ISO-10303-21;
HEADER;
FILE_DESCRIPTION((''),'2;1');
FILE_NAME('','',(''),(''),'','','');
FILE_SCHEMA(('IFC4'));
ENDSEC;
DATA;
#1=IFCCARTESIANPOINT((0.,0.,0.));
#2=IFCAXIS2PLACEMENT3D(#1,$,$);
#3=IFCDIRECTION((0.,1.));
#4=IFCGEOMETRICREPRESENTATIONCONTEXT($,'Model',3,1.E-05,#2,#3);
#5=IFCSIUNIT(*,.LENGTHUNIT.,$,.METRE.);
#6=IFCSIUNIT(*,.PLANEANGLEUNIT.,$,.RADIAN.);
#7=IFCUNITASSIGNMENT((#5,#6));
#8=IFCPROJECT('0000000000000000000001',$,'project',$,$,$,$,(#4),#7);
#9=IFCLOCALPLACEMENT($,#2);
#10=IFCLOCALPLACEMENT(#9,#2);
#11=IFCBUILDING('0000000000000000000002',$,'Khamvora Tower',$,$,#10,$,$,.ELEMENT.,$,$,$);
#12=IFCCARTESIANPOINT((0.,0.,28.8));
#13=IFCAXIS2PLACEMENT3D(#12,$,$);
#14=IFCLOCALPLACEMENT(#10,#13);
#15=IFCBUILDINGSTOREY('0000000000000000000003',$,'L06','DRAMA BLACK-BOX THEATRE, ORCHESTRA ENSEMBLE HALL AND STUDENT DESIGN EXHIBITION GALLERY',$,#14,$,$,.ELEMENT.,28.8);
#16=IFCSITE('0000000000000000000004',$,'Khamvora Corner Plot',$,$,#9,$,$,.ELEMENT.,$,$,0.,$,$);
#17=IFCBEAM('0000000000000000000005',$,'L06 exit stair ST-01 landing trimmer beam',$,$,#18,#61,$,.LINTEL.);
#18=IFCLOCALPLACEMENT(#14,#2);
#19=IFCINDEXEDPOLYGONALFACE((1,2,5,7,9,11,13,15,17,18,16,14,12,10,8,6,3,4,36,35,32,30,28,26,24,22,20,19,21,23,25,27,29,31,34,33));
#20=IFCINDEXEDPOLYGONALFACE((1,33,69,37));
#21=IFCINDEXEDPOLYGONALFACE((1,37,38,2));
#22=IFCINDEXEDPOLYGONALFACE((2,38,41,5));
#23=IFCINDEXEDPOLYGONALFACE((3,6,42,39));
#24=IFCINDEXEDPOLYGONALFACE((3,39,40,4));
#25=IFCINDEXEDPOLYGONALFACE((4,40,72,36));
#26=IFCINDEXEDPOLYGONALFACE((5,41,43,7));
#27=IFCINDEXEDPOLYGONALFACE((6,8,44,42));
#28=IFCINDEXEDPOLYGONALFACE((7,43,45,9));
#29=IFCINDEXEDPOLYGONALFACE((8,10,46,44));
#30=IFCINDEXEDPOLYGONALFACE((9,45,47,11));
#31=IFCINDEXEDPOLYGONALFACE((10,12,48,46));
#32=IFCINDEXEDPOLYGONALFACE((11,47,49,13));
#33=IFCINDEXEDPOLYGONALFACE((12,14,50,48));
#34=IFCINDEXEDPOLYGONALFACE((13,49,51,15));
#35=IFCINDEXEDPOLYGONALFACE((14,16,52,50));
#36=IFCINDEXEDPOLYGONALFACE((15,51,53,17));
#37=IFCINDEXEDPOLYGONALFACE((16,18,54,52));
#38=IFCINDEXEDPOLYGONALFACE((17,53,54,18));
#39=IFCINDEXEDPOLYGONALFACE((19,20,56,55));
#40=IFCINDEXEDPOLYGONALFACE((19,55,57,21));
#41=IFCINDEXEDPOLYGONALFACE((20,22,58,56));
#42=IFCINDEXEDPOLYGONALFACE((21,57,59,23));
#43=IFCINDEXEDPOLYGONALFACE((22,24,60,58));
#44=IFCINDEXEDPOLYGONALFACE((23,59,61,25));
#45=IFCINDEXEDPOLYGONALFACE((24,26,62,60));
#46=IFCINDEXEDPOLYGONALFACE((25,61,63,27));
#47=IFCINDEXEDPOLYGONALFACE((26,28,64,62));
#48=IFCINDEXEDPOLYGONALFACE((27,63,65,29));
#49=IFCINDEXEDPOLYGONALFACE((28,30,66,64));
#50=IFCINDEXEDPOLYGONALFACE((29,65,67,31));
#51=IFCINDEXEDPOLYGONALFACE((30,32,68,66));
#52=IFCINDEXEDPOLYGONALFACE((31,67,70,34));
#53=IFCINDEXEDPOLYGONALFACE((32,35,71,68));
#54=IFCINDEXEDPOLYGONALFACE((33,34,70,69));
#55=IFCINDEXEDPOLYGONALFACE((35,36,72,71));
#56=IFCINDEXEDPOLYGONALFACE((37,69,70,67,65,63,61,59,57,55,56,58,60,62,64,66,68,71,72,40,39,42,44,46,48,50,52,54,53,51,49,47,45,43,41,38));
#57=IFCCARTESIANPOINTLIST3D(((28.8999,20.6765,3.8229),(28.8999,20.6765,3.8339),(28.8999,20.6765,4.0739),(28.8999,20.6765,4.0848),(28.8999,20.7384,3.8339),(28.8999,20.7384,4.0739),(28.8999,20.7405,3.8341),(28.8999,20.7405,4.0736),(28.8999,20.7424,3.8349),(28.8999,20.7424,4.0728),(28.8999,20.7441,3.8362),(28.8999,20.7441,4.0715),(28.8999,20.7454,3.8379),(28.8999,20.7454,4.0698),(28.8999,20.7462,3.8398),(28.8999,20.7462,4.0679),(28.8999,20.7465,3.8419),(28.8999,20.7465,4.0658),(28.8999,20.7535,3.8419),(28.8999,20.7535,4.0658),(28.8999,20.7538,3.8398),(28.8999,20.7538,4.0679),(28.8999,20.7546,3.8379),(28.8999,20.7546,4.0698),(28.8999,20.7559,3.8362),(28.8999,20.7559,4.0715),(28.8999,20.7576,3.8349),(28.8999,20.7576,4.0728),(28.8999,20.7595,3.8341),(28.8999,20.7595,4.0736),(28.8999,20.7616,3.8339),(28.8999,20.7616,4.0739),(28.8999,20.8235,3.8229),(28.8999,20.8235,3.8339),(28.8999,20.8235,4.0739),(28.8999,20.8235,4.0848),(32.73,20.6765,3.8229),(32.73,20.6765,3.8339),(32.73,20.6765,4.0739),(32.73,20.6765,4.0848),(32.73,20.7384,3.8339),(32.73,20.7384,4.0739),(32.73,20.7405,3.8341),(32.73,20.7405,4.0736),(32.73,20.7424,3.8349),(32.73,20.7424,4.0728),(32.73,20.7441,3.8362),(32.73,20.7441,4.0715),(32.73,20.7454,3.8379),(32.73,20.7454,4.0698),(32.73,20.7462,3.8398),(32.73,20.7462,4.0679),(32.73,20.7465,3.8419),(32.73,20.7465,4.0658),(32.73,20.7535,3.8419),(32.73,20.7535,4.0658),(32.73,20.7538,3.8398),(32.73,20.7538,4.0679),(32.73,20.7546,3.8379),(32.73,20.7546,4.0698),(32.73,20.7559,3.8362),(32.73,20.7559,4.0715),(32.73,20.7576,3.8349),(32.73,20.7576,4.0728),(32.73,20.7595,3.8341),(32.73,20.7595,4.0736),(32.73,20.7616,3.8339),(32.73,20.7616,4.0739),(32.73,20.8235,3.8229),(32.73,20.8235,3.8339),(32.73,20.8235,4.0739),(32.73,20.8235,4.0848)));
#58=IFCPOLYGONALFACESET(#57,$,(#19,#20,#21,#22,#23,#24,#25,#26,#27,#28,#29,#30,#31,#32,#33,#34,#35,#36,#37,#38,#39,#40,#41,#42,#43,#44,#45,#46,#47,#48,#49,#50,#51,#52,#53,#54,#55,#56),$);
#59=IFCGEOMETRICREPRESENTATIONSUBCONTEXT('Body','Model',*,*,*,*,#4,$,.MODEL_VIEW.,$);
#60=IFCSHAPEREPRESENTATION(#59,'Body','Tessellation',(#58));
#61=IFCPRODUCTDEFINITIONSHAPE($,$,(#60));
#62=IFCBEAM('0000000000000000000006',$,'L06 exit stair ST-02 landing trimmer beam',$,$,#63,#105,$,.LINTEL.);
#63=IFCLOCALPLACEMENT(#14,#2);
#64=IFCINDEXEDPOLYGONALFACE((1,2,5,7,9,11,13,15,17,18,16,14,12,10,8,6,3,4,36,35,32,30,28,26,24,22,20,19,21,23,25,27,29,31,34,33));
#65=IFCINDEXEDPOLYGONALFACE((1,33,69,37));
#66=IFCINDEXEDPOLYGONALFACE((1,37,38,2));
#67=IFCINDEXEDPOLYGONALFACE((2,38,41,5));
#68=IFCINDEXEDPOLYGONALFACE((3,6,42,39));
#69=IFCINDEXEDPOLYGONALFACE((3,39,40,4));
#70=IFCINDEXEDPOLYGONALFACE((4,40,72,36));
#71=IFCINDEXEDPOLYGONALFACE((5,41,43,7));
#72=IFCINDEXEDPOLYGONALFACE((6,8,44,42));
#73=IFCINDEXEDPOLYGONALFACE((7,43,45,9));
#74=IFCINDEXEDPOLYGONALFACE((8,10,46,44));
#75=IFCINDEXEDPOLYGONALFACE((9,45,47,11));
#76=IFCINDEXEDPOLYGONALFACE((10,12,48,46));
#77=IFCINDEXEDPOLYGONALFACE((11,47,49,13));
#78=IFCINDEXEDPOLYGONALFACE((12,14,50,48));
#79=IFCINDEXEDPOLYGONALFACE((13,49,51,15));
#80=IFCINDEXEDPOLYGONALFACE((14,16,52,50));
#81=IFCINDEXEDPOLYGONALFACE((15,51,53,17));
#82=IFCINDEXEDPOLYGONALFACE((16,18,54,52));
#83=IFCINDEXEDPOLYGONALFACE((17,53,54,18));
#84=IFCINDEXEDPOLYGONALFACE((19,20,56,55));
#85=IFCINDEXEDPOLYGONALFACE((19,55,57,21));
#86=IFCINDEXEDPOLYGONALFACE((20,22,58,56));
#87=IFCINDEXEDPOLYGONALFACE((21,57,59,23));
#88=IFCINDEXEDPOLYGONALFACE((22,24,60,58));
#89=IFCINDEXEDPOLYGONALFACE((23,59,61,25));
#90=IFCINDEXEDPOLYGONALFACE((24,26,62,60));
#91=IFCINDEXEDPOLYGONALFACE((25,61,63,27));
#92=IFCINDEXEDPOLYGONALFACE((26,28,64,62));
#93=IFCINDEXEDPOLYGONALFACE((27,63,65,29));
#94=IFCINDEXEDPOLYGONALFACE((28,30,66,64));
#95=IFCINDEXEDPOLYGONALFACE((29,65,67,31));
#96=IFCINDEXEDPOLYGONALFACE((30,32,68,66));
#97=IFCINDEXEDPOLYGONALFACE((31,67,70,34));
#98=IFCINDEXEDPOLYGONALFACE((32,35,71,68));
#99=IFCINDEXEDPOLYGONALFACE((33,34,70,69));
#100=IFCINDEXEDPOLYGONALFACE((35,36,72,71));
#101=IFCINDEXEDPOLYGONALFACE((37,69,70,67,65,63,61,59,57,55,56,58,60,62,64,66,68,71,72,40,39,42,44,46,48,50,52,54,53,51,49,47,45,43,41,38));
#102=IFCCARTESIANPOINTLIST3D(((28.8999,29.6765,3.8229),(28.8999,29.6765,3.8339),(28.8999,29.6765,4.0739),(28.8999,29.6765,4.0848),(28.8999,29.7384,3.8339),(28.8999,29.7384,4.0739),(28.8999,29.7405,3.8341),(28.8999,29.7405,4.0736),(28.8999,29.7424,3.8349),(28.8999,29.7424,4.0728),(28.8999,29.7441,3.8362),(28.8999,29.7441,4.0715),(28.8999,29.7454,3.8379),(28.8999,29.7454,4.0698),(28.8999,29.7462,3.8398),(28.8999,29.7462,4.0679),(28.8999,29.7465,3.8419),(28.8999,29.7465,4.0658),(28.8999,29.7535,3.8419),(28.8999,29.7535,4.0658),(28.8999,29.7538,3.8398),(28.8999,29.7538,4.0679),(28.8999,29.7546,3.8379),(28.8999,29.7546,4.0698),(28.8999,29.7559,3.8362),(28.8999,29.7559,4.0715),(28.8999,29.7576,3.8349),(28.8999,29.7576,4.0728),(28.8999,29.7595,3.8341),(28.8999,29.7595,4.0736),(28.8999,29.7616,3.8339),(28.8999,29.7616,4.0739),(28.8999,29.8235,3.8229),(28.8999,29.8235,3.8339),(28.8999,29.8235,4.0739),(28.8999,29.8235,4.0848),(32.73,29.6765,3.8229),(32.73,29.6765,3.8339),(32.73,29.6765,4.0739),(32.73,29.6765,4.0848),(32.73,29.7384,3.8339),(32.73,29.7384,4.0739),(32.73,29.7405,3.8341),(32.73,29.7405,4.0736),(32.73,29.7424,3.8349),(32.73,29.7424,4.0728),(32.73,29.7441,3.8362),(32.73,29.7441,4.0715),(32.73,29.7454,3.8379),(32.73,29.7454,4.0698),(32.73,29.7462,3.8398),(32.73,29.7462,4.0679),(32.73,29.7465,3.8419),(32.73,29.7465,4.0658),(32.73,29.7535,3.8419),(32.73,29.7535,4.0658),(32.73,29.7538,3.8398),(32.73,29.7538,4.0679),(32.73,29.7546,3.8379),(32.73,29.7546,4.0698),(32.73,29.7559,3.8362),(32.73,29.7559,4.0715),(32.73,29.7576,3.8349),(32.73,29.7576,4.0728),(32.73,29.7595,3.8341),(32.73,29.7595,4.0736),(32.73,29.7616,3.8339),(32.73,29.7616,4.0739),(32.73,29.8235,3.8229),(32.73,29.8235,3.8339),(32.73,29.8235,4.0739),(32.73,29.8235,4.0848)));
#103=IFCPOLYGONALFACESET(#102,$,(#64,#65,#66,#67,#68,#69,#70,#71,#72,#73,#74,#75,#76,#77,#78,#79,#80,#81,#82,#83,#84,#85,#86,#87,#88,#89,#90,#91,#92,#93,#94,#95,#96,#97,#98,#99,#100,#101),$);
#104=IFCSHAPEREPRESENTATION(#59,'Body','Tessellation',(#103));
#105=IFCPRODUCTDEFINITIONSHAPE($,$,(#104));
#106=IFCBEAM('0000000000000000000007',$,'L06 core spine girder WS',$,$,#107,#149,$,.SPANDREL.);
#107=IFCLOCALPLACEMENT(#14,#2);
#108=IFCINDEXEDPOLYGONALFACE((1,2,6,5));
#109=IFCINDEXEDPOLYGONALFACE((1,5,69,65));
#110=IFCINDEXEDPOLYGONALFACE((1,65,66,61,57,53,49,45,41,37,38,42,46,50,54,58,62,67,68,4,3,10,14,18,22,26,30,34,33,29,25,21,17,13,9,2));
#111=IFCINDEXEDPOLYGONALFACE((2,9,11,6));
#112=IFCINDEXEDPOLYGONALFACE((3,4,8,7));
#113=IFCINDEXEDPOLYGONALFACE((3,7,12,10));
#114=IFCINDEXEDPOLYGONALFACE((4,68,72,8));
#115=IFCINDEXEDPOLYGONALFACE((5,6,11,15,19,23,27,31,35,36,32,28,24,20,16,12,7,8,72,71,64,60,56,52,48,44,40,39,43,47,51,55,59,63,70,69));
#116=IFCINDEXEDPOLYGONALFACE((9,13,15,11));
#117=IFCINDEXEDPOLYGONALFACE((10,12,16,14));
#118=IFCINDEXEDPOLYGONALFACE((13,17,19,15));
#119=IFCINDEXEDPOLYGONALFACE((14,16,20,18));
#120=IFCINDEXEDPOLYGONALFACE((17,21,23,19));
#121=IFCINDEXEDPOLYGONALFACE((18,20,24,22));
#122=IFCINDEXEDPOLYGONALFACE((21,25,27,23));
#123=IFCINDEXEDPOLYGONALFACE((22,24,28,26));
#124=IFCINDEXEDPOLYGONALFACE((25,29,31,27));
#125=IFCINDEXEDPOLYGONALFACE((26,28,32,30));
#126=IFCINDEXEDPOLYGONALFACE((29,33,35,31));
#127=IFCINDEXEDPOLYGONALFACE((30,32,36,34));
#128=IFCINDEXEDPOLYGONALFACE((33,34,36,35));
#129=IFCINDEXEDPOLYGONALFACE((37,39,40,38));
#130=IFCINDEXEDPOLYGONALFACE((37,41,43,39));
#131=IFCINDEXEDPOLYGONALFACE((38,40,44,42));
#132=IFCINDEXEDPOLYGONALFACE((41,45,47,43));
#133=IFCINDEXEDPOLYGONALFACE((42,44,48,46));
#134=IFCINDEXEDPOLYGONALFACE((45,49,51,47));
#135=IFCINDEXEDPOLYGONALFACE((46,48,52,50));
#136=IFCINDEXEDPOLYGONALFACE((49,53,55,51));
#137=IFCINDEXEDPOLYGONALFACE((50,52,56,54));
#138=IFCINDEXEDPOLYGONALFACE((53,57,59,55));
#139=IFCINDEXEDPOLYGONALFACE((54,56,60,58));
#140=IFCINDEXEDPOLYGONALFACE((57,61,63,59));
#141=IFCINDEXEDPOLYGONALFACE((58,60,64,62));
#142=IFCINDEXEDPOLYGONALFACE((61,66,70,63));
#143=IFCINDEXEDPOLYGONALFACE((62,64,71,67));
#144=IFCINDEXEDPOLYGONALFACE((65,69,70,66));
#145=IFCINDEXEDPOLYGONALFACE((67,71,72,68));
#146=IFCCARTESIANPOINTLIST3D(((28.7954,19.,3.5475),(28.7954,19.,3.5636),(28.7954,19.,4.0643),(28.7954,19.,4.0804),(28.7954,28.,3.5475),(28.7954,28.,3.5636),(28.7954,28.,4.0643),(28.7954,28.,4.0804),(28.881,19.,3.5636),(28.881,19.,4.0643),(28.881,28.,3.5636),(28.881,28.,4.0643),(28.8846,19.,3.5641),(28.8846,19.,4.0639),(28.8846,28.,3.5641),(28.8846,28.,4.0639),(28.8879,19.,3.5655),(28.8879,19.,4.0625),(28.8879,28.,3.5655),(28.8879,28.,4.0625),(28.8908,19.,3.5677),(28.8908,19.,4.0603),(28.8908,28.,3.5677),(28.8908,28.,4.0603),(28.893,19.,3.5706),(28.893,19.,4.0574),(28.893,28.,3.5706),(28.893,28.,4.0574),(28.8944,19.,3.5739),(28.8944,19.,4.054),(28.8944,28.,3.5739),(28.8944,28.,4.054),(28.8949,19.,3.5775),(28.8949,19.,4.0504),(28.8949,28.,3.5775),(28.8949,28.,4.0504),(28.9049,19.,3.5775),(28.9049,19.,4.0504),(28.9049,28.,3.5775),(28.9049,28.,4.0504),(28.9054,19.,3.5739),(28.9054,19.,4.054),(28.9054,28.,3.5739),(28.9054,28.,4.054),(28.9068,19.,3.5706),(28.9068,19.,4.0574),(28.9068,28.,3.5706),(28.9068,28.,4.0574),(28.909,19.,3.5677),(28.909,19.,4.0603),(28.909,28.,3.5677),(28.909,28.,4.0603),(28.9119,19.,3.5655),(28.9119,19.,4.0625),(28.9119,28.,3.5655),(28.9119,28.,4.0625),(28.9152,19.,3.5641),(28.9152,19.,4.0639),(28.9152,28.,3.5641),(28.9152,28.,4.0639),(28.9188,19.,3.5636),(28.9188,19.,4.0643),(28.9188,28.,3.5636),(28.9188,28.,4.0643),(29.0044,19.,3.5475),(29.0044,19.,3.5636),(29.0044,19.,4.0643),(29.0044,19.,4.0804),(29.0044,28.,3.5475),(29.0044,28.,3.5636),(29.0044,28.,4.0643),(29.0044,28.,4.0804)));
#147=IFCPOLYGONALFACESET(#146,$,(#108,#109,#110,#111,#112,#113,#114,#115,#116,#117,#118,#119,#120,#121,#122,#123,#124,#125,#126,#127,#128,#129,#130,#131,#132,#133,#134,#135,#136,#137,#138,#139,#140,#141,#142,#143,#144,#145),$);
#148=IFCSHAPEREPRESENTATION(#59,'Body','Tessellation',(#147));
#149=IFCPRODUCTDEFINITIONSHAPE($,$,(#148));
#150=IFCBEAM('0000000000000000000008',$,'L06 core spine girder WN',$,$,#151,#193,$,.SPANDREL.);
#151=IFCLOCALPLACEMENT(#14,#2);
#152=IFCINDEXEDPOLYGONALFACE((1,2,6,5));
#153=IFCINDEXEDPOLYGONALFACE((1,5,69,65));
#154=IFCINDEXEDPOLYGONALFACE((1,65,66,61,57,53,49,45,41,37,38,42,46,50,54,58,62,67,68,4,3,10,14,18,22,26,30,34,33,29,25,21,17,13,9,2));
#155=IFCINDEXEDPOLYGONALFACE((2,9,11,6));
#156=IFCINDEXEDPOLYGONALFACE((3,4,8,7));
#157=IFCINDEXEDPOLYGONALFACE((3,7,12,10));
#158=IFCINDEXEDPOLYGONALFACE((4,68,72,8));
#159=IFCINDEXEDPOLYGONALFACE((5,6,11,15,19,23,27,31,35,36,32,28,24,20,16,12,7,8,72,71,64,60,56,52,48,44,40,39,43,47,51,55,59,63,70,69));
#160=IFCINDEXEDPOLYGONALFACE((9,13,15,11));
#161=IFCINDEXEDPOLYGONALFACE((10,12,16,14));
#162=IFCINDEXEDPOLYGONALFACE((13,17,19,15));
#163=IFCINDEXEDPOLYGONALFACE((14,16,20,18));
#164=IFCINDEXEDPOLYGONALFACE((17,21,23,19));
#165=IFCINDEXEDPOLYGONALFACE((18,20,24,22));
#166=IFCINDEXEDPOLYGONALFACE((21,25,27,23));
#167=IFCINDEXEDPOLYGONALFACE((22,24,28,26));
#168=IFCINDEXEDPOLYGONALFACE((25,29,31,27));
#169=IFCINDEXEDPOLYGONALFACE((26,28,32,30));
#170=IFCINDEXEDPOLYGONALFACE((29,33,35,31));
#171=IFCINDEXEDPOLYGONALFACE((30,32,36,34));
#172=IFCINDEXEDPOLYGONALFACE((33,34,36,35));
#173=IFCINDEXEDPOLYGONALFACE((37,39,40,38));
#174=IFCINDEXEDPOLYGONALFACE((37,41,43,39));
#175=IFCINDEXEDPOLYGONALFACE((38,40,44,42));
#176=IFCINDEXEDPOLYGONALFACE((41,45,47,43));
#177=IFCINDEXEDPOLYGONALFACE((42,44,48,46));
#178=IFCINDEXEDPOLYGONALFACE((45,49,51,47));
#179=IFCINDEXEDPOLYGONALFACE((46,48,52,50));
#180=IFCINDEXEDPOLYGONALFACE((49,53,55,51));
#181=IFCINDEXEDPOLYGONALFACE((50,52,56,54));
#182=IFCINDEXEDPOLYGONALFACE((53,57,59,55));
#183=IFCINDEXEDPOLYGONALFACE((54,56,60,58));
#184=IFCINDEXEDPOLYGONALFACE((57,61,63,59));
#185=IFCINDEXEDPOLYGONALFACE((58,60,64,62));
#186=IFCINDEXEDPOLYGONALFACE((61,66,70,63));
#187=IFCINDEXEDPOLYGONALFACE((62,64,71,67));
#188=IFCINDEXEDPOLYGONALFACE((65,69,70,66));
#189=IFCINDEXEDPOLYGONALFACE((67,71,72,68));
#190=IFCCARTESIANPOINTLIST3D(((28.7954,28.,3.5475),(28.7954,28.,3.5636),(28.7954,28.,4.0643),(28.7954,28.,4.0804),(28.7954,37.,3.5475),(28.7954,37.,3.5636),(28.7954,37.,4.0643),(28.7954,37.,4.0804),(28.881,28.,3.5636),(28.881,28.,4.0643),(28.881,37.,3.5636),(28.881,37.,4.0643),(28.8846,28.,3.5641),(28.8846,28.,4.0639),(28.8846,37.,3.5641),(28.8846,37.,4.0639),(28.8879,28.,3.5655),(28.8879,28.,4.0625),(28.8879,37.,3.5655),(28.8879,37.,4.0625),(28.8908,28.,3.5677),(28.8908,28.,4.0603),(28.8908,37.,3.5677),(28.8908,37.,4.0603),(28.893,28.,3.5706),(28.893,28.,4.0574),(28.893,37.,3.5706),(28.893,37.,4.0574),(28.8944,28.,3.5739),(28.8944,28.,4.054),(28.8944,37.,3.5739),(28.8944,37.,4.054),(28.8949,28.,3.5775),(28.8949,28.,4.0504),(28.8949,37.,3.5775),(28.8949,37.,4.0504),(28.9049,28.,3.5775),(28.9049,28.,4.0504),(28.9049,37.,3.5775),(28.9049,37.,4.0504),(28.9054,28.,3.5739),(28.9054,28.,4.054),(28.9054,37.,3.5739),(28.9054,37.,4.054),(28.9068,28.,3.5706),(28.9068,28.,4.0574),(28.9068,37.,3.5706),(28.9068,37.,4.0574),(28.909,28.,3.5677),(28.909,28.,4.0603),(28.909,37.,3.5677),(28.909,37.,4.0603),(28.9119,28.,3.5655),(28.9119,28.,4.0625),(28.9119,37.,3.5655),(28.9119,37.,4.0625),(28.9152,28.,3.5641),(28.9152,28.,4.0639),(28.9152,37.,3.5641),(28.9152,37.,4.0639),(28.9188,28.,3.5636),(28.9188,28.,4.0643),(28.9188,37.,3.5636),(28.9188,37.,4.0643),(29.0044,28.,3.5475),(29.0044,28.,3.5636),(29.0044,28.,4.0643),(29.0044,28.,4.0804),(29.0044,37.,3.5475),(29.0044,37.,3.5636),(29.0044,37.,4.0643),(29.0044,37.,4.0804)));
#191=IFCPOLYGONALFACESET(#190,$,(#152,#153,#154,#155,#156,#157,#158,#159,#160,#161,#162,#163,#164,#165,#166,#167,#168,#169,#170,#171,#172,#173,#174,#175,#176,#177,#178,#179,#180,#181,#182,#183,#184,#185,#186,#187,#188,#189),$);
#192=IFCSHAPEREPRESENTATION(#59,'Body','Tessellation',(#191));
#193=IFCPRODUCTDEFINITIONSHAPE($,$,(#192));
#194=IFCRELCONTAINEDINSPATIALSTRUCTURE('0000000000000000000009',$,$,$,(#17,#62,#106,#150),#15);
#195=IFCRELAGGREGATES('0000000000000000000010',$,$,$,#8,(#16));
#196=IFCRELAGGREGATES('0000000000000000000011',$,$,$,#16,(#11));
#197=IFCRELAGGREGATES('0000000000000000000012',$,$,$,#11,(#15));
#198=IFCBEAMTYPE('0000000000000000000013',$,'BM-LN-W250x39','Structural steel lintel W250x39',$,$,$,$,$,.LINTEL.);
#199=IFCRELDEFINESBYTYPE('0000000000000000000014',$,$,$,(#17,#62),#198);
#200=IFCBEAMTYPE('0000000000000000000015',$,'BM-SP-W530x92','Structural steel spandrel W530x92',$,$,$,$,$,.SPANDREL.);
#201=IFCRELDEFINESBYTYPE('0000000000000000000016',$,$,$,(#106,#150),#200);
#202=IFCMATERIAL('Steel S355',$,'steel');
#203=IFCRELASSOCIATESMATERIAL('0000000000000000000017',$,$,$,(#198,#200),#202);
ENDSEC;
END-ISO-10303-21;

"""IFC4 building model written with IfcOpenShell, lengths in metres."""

from ifc_helpers import new_model, si_unit, direction, frame, origin, origin_2d, place, context, subcontext, project, spatial, i_section, extrude, material, material_profile, profile_set, type_object, element, save


model = new_model("IFC4")

# Units and contexts
model_context = context("Model", 3, precision=1e-05, world=origin(), true_north=direction((0.0, 1.0)))
body_context = subcontext(model_context, "Body", "Model", "MODEL_VIEW")
ifc_project = project(units=[si_unit("LENGTHUNIT", "METRE"), si_unit("PLANEANGLEUNIT", "RADIAN")], contexts=[model_context])

# Site, building, storey
site_placement = place(None, origin())
site = spatial("IfcSite", under=ifc_project, at=site_placement, Name="Khamvora Corner Plot", CompositionType="ELEMENT", RefElevation=0.0)
building_placement = place(site_placement, origin())
building = spatial("IfcBuilding", under=site, at=building_placement, Name="Khamvora Tower", CompositionType="ELEMENT")
storey_placement = place(building_placement, frame((0.0, 0.0, 28.8)))
storey = spatial("IfcBuildingStorey", under=building, at=storey_placement, Name="L06", Description="DRAMA BLACK-BOX THEATRE, ORCHESTRA ENSEMBLE HALL AND STUDENT DESIGN EXHIBITION GALLERY", CompositionType="ELEMENT", Elevation=28.8)

# Beams
ifc_material_1 = material(Name="Steel S355", Category="steel")
ifc_material_profile_1 = material_profile(ifc_material_1, i_section(OverallWidth=0.147, OverallDepth=0.262, WebThickness=0.0071, FlangeThickness=0.011, FilletRadius=0.0081, at=origin_2d()), Name="W250x39")
ifc_profile_set_1 = profile_set([ifc_material_profile_1], Name="Steel S355")
beam_type_1 = type_object("IfcBeamType", Name="BM-LN-W250x39", Description="Structural steel lintel W250x39", PredefinedType="LINTEL", material=ifc_profile_set_1)
for number, where, z_axis, x_axis, name in (
    (1, (28.8999, 20.75, 3.9539), (1.0, 0.0, 0.0), (0.0, 1.0, 0.0), "L06 exit stair ST-01 landing trimmer beam"),
    (2, (28.8999, 29.75, 3.9539), (1.0, 0.0, 0.0), (0.0, 1.0, 0.0), "L06 exit stair ST-02 landing trimmer beam"),
):
    element("IfcBeam", number, at=place(storey_placement, frame(where, z_axis=z_axis, x_axis=x_axis)), inside=storey, type_object=beam_type_1, Name=name, PredefinedType="LINTEL", context=body_context, shape_type="SweptSolid", body=[
        extrude(i_section(OverallWidth=0.147, OverallDepth=0.262, WebThickness=0.0071, FlangeThickness=0.011, FilletRadius=0.0081, at=origin_2d()), origin(), (0.0, 0.0, 1.0), 3.8301),
    ])
ifc_material_profile_2 = material_profile(ifc_material_1, i_section(OverallWidth=0.209, OverallDepth=0.533, WebThickness=0.01, FlangeThickness=0.0161, FilletRadius=0.0139, at=origin_2d()), Name="W530x92")
ifc_profile_set_2 = profile_set([ifc_material_profile_2], Name="Steel S355")
beam_type_2 = type_object("IfcBeamType", Name="BM-SP-W530x92", Description="Structural steel spandrel W530x92", PredefinedType="SPANDREL", material=ifc_profile_set_2)
for number, where, z_axis, x_axis, name in (
    (3, (28.8999, 19.0, 3.814), (0.0, 1.0, 0.0), (-1.0, 0.0, 0.0), "L06 core spine girder WS"),
    (4, (28.8999, 28.0, 3.814), (0.0, 1.0, 0.0), (-1.0, 0.0, 0.0), "L06 core spine girder WN"),
):
    element("IfcBeam", number, at=place(storey_placement, frame(where, z_axis=z_axis, x_axis=x_axis)), inside=storey, type_object=beam_type_2, Name=name, PredefinedType="SPANDREL", context=body_context, shape_type="SweptSolid", body=[
        extrude(i_section(OverallWidth=0.209, OverallDepth=0.533, WebThickness=0.01, FlangeThickness=0.0161, FilletRadius=0.0139, at=origin_2d()), origin(), (0.0, 0.0, 1.0), 9.0),
    ])

save(model, "model.ifc")
